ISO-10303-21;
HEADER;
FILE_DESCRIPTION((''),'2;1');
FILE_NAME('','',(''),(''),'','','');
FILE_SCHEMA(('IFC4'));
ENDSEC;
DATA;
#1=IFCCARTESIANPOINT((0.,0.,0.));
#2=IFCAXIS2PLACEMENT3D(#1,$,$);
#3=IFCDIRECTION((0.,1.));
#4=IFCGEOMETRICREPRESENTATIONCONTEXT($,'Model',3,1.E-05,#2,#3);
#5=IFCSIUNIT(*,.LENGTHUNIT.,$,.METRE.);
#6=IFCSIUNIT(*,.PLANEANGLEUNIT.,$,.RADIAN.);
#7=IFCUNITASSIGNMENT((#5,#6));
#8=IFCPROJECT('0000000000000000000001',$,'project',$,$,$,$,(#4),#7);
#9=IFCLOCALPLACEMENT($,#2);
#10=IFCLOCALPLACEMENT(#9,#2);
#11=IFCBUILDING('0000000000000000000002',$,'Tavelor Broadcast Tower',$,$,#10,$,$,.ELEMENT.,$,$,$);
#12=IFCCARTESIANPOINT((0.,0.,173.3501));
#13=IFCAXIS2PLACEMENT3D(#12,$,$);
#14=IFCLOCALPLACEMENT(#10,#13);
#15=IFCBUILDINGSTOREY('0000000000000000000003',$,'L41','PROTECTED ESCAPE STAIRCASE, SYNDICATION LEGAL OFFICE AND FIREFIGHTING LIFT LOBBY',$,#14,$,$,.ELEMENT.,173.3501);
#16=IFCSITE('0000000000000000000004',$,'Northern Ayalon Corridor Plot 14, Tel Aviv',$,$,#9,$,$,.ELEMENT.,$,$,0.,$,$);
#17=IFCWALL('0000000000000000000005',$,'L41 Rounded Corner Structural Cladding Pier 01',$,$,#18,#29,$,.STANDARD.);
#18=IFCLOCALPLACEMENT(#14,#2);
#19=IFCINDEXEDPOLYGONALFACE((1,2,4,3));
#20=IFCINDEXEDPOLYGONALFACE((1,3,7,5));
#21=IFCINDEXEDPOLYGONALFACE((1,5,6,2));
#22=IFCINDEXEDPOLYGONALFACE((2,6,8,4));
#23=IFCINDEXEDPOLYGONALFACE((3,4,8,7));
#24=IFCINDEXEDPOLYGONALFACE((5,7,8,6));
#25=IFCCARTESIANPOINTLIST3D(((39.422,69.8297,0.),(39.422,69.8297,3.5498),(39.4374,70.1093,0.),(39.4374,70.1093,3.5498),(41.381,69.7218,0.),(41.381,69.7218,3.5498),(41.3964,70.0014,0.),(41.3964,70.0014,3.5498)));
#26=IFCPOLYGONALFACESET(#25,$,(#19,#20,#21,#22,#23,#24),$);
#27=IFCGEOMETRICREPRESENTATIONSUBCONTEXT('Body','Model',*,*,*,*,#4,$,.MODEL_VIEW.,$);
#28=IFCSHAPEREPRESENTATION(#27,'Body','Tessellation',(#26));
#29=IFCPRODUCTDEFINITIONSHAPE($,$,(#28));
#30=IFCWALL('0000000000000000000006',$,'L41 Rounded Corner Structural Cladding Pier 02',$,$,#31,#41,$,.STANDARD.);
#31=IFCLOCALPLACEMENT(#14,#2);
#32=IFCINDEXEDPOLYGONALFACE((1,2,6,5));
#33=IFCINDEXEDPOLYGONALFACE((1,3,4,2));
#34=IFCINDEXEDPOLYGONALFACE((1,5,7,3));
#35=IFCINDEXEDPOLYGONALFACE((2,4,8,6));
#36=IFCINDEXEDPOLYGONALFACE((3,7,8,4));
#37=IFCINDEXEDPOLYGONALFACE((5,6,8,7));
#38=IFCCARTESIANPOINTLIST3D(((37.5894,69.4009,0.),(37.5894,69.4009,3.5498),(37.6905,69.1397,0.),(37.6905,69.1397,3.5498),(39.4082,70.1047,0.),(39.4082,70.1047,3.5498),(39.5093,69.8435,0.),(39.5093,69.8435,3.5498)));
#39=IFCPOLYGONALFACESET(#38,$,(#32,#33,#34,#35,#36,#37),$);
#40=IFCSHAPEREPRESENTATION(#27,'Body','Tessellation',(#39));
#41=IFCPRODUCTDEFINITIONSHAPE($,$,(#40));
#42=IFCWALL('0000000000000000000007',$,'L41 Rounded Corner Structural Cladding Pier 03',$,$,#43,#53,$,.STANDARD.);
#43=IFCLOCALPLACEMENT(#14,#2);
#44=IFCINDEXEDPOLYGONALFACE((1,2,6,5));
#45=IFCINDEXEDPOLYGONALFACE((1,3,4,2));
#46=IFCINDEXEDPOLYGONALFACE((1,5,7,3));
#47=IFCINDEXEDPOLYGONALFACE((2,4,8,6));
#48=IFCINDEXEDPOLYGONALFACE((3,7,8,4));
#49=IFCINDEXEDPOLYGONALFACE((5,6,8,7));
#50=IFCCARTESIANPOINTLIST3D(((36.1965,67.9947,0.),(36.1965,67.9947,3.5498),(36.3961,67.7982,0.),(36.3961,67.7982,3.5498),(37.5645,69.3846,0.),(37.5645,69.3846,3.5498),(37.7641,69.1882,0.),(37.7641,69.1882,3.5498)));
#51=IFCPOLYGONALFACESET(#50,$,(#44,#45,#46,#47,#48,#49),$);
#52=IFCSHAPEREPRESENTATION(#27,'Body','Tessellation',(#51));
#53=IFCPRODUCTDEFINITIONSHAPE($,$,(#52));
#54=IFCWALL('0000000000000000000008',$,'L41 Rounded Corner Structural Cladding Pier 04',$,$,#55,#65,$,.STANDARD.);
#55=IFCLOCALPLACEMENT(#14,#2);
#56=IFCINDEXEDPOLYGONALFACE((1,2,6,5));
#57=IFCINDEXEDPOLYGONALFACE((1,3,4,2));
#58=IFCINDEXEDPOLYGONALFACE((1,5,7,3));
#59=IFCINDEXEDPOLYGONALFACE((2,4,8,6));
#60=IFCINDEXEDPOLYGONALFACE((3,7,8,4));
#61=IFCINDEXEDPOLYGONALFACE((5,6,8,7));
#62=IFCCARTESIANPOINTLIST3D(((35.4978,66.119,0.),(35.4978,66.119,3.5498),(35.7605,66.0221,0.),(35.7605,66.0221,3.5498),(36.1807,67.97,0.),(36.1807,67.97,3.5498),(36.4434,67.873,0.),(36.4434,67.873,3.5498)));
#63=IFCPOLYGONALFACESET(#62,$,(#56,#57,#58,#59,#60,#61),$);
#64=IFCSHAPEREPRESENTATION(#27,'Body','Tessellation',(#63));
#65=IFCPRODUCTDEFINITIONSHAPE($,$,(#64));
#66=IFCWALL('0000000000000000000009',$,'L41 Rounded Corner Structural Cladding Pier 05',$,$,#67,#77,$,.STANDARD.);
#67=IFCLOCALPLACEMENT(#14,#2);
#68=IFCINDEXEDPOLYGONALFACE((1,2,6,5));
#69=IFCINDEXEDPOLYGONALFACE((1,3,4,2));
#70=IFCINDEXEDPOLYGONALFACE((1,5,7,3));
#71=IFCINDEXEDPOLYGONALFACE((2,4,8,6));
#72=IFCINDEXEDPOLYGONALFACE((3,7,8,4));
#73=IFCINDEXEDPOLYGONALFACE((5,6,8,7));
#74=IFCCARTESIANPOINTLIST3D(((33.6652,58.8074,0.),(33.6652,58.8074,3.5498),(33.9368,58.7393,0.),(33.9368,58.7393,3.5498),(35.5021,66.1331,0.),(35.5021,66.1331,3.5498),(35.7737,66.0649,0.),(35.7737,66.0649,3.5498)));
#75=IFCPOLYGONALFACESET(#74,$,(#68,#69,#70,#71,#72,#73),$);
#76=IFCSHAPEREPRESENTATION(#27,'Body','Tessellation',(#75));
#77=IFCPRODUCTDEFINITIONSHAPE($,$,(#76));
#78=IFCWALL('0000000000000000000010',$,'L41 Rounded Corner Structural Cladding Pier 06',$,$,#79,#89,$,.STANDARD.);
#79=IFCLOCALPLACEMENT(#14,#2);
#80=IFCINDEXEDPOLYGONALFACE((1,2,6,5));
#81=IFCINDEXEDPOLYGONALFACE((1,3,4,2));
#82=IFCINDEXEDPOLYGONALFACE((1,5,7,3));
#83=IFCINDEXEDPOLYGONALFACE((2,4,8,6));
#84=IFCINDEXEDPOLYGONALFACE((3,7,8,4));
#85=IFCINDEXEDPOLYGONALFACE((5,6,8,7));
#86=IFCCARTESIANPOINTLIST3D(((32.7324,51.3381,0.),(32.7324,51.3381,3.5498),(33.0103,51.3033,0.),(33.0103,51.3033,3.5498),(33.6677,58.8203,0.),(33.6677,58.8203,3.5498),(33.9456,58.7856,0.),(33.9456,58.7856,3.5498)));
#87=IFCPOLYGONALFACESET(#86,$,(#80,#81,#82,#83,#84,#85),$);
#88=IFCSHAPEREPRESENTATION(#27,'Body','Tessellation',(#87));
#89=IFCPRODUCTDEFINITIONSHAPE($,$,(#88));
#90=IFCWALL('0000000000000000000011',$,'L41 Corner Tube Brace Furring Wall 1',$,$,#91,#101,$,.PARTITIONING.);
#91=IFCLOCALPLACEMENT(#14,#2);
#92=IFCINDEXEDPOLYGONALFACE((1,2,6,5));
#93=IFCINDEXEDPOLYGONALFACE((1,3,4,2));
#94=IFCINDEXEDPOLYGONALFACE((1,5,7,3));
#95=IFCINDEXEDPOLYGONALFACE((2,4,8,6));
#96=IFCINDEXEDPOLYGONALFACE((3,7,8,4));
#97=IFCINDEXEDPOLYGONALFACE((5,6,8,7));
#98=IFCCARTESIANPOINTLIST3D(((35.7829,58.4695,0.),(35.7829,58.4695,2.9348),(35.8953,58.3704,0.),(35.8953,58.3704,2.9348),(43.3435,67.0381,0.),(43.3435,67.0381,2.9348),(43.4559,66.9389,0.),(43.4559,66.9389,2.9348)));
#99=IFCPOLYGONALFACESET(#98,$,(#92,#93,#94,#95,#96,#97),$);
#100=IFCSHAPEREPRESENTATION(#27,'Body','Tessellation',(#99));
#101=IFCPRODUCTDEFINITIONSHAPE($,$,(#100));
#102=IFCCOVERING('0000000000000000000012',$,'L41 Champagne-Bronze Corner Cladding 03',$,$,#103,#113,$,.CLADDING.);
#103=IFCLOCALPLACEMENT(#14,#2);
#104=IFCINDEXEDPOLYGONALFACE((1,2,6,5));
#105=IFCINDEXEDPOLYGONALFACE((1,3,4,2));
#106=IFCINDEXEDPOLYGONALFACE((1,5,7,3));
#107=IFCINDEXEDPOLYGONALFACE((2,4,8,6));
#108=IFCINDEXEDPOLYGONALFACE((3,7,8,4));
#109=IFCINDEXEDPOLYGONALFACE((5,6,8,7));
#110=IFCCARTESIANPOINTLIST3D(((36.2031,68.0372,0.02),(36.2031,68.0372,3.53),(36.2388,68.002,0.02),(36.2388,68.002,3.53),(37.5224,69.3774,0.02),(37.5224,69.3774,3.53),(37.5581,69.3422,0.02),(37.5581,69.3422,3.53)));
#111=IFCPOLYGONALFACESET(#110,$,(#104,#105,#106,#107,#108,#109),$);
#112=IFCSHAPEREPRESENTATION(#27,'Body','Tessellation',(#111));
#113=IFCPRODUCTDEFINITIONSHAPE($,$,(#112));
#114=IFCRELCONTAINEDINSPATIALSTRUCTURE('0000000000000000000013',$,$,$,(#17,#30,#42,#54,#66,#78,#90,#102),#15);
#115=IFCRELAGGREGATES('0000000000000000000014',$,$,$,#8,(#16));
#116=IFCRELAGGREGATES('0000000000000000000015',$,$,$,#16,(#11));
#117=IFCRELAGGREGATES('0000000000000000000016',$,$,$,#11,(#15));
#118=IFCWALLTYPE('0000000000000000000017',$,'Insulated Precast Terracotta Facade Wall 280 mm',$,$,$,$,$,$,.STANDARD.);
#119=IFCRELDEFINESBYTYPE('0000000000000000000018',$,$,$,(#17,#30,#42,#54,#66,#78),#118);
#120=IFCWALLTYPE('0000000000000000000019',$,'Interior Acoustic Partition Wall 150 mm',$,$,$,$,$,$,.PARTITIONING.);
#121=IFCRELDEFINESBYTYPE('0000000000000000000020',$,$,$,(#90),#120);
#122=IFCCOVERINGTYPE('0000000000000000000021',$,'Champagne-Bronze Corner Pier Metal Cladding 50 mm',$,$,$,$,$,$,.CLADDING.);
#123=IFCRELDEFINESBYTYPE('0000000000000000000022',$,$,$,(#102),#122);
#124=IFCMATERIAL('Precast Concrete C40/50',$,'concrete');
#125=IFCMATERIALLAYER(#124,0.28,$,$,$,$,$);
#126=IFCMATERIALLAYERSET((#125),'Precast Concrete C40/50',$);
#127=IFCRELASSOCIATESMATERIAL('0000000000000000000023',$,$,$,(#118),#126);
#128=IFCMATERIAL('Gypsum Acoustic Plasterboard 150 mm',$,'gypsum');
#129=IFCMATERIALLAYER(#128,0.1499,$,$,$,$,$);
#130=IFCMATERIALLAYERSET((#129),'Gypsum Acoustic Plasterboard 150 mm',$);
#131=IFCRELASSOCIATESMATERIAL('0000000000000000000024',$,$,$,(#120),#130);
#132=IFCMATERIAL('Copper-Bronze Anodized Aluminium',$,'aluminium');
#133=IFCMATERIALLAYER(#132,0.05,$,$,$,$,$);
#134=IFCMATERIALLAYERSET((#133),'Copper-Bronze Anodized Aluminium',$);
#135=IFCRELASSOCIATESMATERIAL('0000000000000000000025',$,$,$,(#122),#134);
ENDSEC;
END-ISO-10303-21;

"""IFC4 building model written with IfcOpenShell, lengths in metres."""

from ifc_helpers import new_model, si_unit, direction, frame, frame_2d, origin, origin_2d, place, context, subcontext, project, spatial, rectangle, extrude, material, layer, layer_set, type_object, element, save


model = new_model("IFC4")

# Units and contexts
model_context = context("Model", 3, precision=1e-05, world=origin(), true_north=direction((0.0, 1.0)))
body_context = subcontext(model_context, "Body", "Model", "MODEL_VIEW")
ifc_project = project(units=[si_unit("LENGTHUNIT", "METRE"), si_unit("PLANEANGLEUNIT", "RADIAN")], contexts=[model_context])

# Site, building, storey
site_placement = place(None, origin())
site = spatial("IfcSite", under=ifc_project, at=site_placement, Name="Northern Ayalon Corridor Plot 14, Tel Aviv", CompositionType="ELEMENT", RefElevation=0.0)
building_placement = place(site_placement, origin())
building = spatial("IfcBuilding", under=site, at=building_placement, Name="Tavelor Broadcast Tower", CompositionType="ELEMENT")
storey_placement = place(building_placement, frame((0.0, 0.0, 173.3501)))
storey = spatial("IfcBuildingStorey", under=building, at=storey_placement, Name="L41", Description="PROTECTED ESCAPE STAIRCASE, SYNDICATION LEGAL OFFICE AND FIREFIGHTING LIFT LOBBY", CompositionType="ELEMENT", Elevation=173.3501)

# Walls
ifc_material_1 = material(Name="Precast Concrete C40/50", Category="concrete")
ifc_layer_1 = layer(ifc_material_1, 0.28)
ifc_layer_set_1 = layer_set([ifc_layer_1], Name="Precast Concrete C40/50")
wall_type_1 = type_object("IfcWallType", Name="Insulated Precast Terracotta Facade Wall 280 mm", PredefinedType="STANDARD", material=ifc_layer_set_1)
wall_1_placement = place(storey_placement, frame((41.3887, 69.8616, 0.0), z_axis=(0.0, 0.0, 1.0), x_axis=(-0.998486, 0.055001, 0.0)))
element("IfcWall", 1, at=wall_1_placement, inside=storey, type_object=wall_type_1, Name="L41 Rounded Corner Structural Cladding Pier 01", PredefinedType="STANDARD", context=body_context, shape_type="SweptSolid", body=[
    extrude(rectangle(XDim=1.9619, YDim=0.28, at=frame_2d((0.981, 0.0))), origin(), (0.0, 0.0, 1.0), 3.5498),
])
for number, where, z_axis, x_axis, name in (
    (2, (39.4587, 69.9741, 0.0), (0.0, 0.0, 1.0), (-0.932605, -0.360899, 0.0), "L41 Rounded Corner Structural Cladding Pier 02"),
    (3, (37.6643, 69.2864, 0.0), (0.0, 0.0, 1.0), (-0.701451, -0.712718, 0.0), "L41 Rounded Corner Structural Cladding Pier 03"),
):
    element("IfcWall", number, at=place(storey_placement, frame(where, z_axis=z_axis, x_axis=x_axis)), inside=storey, type_object=wall_type_1, Name=name, PredefinedType="STANDARD", context=body_context, shape_type="SweptSolid", body=[
        extrude(rectangle(XDim=1.9502, YDim=0.28, at=frame_2d((0.9751, 0.0))), origin(), (0.0, 0.0, 1.0), 3.5498),
    ])
wall_2_placement = place(storey_placement, frame((36.312, 67.9214, 0.0), z_axis=(0.0, 0.0, 1.0), x_axis=(-0.346141, -0.938182, 0.0)))
element("IfcWall", 4, at=wall_2_placement, inside=storey, type_object=wall_type_1, Name="L41 Rounded Corner Structural Cladding Pier 04", PredefinedType="STANDARD", context=body_context, shape_type="SweptSolid", body=[
    extrude(rectangle(XDim=1.9729, YDim=0.28, at=frame_2d((0.9863, 0.0))), origin(), (0.0, 0.0, 1.0), 3.5498),
])
wall_3_placement = place(storey_placement, frame((35.6379, 66.0991, 0.0), z_axis=(0.0, 0.0, 1.0), x_axis=(-0.24322, -0.969971, 0.0)))
element("IfcWall", 5, at=wall_3_placement, inside=storey, type_object=wall_type_1, Name="L41 Rounded Corner Structural Cladding Pier 05", PredefinedType="STANDARD", context=body_context, shape_type="SweptSolid", body=[
    extrude(rectangle(XDim=7.5525, YDim=0.28, at=frame_2d((3.7764, 0.0))), origin(), (0.0, 0.0, 1.0), 3.5498),
])
wall_4_placement = place(storey_placement, frame((33.8066, 58.803, 0.0), z_axis=(0.0, 0.0, 1.0), x_axis=(-0.124039, -0.992277, 0.0)))
element("IfcWall", 6, at=wall_4_placement, inside=storey, type_object=wall_type_1, Name="L41 Rounded Corner Structural Cladding Pier 06", PredefinedType="STANDARD", context=body_context, shape_type="SweptSolid", body=[
    extrude(rectangle(XDim=7.5405, YDim=0.28, at=frame_2d((3.7703, 0.0))), origin(), (0.0, 0.0, 1.0), 3.5498),
])
ifc_material_2 = material(Name="Gypsum Acoustic Plasterboard 150 mm", Category="gypsum")
ifc_layer_2 = layer(ifc_material_2, 0.1499)
ifc_layer_set_2 = layer_set([ifc_layer_2], Name="Gypsum Acoustic Plasterboard 150 mm")
wall_type_2 = type_object("IfcWallType", Name="Interior Acoustic Partition Wall 150 mm", PredefinedType="PARTITIONING", material=ifc_layer_set_2)
wall_5_placement = place(storey_placement, frame((43.3997, 66.9885, 0.0), z_axis=(0.0, 0.0, 1.0), x_axis=(-0.661622, -0.749837, 0.0)))
element("IfcWall", 7, at=wall_5_placement, inside=storey, type_object=wall_type_2, Name="L41 Corner Tube Brace Furring Wall 1", PredefinedType="PARTITIONING", context=body_context, shape_type="SweptSolid", body=[
    extrude(rectangle(XDim=11.4272, YDim=0.1499, at=frame_2d((5.7136, 0.0))), origin(), (0.0, 0.0, 1.0), 2.9348),
])

# Covering
ifc_material_3 = material(Name="Copper-Bronze Anodized Aluminium", Category="aluminium")
ifc_layer_3 = layer(ifc_material_3, 0.05)
ifc_layer_set_3 = layer_set([ifc_layer_3], Name="Copper-Bronze Anodized Aluminium")
covering_type = type_object("IfcCoveringType", Name="Champagne-Bronze Corner Pier Metal Cladding 50 mm", PredefinedType="CLADDING", material=ifc_layer_set_3)
covering_placement = place(storey_placement, frame((36.8806, 68.6897, 0.02), z_axis=(0.0, 0.0, 1.0), x_axis=(-0.701531, -0.712639, 0.0)))
element("IfcCovering", 8, at=covering_placement, inside=storey, type_object=covering_type, Name="L41 Champagne-Bronze Corner Cladding 03", PredefinedType="CLADDING", context=body_context, shape_type="SweptSolid", body=[
    extrude(rectangle(XDim=1.8806, YDim=0.05, at=origin_2d()), origin(), (0.0, 0.0, 1.0), 3.51),
])

save(model, "model.ifc")
